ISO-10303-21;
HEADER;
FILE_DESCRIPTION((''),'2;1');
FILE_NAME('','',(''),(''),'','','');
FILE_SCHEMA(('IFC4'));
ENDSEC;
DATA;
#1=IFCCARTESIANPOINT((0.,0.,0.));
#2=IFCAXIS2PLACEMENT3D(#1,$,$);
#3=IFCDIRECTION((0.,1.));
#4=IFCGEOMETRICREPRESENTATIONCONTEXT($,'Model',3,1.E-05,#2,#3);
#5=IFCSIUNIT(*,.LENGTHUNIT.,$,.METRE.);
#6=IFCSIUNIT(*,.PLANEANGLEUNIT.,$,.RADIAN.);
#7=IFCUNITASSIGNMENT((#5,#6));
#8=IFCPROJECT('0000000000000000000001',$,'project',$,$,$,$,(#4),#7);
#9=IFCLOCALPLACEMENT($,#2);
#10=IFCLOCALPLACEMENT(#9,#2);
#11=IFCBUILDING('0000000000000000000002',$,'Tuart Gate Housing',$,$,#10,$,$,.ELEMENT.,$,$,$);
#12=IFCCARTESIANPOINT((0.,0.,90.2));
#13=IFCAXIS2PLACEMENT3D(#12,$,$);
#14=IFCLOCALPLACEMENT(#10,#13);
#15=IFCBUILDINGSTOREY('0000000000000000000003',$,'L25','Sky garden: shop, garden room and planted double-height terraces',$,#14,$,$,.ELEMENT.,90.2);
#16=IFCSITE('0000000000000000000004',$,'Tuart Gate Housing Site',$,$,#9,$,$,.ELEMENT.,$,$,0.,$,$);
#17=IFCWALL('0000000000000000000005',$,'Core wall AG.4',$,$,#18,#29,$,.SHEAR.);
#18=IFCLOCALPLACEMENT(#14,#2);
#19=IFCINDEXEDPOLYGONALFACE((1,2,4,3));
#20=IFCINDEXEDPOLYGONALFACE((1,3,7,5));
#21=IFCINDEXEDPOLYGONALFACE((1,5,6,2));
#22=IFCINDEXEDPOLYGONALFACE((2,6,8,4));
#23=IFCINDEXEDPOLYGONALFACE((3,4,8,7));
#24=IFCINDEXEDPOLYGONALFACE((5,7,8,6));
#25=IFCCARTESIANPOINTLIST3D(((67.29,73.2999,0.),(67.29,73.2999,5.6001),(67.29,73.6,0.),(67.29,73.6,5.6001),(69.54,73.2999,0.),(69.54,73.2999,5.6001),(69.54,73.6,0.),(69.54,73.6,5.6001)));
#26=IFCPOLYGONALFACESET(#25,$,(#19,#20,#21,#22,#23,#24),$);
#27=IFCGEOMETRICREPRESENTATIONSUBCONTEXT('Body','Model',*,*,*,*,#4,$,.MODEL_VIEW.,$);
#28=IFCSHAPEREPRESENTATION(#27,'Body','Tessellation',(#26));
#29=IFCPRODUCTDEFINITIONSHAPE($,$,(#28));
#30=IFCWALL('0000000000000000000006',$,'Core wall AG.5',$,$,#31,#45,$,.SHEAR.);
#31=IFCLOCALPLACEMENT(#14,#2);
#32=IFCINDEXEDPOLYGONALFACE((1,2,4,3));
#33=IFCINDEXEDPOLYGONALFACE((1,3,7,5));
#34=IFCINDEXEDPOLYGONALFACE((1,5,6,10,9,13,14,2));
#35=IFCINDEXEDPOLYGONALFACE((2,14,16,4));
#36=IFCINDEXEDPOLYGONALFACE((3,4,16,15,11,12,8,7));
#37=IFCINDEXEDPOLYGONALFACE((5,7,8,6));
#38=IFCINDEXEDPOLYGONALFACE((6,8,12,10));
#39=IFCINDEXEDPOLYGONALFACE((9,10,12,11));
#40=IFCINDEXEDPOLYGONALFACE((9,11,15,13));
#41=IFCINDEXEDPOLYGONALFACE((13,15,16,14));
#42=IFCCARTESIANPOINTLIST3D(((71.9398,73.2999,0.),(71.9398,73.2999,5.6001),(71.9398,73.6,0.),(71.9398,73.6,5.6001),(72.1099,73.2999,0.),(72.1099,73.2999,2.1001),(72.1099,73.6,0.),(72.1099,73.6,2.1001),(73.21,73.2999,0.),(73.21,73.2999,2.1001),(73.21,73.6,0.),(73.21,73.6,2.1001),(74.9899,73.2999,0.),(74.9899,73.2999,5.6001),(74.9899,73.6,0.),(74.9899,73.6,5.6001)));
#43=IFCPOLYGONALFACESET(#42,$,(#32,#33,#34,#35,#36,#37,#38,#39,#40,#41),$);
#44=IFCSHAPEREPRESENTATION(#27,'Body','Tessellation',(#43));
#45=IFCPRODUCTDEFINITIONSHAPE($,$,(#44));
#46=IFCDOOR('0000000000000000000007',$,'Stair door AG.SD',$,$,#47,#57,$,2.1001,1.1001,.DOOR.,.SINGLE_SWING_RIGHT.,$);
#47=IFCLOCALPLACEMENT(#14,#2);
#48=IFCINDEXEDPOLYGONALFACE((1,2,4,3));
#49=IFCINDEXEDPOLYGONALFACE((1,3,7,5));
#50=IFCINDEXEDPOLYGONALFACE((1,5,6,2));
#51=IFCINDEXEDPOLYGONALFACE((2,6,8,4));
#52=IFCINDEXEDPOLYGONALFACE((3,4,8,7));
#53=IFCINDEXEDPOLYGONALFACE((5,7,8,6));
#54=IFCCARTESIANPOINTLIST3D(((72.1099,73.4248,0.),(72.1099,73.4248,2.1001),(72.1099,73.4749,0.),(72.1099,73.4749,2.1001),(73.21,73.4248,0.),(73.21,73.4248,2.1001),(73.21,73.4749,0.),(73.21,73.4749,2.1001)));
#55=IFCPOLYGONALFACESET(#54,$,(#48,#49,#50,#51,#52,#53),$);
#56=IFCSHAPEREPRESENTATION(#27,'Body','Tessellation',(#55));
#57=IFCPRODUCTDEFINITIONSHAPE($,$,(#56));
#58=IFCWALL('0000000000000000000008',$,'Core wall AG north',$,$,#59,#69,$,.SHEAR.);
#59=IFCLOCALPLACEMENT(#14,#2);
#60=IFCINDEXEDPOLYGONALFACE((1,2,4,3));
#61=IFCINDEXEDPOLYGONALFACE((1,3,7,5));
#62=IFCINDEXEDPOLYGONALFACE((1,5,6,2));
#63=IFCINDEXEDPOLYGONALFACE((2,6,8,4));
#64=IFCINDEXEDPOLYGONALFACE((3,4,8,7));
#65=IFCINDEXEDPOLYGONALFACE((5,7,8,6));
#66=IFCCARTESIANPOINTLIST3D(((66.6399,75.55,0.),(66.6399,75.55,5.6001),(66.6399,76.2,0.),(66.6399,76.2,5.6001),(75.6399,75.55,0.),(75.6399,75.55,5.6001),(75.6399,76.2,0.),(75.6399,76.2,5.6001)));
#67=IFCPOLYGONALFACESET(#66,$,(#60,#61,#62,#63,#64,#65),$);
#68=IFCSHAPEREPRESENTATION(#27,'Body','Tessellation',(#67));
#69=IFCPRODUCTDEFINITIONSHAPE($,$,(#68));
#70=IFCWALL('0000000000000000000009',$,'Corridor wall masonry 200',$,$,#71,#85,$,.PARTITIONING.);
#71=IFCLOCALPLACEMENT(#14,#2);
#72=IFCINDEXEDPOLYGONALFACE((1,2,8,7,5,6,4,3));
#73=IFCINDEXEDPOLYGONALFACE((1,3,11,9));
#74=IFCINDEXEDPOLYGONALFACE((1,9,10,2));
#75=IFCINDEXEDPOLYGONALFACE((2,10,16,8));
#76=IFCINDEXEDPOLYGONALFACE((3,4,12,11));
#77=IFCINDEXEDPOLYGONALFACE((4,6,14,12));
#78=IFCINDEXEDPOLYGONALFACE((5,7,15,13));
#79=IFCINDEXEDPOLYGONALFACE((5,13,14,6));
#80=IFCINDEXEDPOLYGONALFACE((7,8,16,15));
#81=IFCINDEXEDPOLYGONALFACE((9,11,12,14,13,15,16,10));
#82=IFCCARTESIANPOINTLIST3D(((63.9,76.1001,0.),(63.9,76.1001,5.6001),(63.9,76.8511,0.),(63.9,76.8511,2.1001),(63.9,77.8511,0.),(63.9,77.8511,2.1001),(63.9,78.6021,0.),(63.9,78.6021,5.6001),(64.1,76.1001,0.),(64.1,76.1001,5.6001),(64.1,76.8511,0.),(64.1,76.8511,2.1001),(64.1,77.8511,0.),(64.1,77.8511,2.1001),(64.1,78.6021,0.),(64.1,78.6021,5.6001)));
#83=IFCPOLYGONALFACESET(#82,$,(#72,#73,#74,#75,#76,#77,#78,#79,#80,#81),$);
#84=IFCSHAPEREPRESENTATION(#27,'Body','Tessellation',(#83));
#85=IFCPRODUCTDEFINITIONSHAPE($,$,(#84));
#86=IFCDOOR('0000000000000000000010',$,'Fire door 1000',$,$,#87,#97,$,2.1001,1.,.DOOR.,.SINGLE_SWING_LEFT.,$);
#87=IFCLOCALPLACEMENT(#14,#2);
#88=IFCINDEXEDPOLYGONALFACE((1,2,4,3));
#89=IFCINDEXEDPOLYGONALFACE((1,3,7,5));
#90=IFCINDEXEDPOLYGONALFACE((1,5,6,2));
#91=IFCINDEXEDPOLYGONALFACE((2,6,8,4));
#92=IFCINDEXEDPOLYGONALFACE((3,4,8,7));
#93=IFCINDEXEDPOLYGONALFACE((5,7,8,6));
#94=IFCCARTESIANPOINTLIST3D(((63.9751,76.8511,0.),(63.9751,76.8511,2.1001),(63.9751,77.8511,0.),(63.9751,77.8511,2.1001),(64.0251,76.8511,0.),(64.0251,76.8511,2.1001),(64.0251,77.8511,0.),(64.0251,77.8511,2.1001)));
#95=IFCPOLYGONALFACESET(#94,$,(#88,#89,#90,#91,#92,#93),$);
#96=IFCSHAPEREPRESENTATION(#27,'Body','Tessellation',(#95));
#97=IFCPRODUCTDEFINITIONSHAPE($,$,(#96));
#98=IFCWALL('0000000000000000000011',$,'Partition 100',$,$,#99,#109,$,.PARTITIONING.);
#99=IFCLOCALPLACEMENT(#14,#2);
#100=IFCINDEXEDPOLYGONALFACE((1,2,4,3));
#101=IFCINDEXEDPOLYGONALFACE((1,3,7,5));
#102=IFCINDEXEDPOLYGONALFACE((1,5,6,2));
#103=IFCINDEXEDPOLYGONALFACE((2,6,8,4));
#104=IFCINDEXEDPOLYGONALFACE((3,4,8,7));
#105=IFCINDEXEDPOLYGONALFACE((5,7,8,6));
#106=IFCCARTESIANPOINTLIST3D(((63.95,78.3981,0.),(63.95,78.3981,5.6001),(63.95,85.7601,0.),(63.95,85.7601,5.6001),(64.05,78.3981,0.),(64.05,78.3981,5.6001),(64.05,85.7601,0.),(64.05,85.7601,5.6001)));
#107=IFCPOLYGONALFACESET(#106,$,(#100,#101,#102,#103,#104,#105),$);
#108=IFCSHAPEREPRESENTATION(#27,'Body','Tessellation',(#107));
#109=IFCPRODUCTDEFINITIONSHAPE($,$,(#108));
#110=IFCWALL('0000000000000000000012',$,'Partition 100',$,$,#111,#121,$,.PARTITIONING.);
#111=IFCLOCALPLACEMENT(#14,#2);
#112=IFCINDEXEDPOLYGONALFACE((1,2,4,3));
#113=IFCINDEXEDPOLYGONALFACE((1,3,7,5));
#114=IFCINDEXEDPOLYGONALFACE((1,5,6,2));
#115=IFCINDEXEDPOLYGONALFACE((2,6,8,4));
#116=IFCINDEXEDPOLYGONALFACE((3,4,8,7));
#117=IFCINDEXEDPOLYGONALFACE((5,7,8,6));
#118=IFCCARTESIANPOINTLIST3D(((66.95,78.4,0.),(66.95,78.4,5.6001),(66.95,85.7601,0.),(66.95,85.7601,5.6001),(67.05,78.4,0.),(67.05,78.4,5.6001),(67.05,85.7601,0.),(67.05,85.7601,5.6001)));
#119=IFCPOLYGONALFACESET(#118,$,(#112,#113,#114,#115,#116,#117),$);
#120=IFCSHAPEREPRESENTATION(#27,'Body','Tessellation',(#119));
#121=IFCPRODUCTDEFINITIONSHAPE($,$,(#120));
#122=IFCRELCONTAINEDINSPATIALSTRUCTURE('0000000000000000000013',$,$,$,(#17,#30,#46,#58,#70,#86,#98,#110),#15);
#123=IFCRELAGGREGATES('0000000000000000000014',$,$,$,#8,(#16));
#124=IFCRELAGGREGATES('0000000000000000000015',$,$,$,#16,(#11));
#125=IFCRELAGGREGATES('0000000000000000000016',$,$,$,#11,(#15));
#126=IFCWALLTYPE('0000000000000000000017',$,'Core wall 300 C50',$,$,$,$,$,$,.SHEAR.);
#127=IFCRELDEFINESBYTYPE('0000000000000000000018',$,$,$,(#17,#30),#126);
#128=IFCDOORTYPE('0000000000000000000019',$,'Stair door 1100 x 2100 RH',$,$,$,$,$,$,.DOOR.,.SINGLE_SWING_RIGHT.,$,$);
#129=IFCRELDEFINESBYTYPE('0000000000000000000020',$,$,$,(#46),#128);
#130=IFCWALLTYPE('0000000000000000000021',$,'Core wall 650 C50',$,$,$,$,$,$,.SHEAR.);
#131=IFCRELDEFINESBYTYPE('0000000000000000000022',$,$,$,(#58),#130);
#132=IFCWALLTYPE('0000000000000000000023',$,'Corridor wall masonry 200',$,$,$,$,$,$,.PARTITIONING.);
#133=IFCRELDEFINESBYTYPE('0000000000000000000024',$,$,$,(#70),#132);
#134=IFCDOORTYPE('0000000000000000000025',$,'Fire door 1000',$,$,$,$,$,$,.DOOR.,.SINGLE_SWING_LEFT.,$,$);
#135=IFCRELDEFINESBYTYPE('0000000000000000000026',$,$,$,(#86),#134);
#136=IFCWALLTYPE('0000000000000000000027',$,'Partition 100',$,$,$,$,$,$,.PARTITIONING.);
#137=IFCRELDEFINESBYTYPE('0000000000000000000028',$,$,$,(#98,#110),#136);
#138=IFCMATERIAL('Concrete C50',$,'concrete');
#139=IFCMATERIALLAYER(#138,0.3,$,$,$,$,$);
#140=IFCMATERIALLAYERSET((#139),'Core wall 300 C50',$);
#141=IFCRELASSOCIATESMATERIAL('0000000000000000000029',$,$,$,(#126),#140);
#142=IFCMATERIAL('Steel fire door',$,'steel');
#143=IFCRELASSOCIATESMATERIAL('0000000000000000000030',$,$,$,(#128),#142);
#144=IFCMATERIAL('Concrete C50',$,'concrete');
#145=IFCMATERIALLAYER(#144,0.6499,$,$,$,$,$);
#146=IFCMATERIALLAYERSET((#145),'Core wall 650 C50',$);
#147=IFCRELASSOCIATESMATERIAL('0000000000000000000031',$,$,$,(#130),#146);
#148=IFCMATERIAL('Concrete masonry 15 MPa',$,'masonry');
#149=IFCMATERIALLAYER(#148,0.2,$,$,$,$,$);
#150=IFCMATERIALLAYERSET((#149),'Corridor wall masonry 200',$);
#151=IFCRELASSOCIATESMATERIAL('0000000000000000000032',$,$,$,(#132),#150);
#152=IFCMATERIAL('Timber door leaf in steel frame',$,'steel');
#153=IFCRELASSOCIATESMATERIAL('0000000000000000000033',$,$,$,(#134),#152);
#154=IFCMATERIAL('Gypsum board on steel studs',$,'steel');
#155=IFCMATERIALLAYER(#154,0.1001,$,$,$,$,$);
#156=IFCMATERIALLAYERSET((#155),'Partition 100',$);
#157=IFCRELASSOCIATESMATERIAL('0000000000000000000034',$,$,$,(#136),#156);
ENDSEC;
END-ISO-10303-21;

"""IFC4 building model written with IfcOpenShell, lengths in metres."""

from ifc_helpers import new_model, si_unit, direction, frame, frame_2d, origin, place, context, subcontext, project, spatial, rectangle, extrude, material, layer, layer_set, type_object, element, fill, save


model = new_model("IFC4")

# Units and contexts
model_context = context("Model", 3, precision=1e-05, world=origin(), true_north=direction((0.0, 1.0)))
body_context = subcontext(model_context, "Body", "Model", "MODEL_VIEW")
ifc_project = project(units=[si_unit("LENGTHUNIT", "METRE"), si_unit("PLANEANGLEUNIT", "RADIAN")], contexts=[model_context])

# Site, building, storey
site_placement = place(None, origin())
site = spatial("IfcSite", under=ifc_project, at=site_placement, Name="Tuart Gate Housing Site", CompositionType="ELEMENT", RefElevation=0.0)
building_placement = place(site_placement, origin())
building = spatial("IfcBuilding", under=site, at=building_placement, Name="Tuart Gate Housing", CompositionType="ELEMENT")
storey_placement = place(building_placement, frame((0.0, 0.0, 90.2)))
storey = spatial("IfcBuildingStorey", under=building, at=storey_placement, Name="L25", Description="Sky garden: shop, garden room and planted double-height terraces", CompositionType="ELEMENT", Elevation=90.2)

# Wall
ifc_material_1 = material(Name="Concrete C50", Category="concrete")
ifc_layer_1 = layer(ifc_material_1, 0.3)
ifc_layer_set_1 = layer_set([ifc_layer_1], Name="Core wall 300 C50")
wall_type_1 = type_object("IfcWallType", Name="Core wall 300 C50", PredefinedType="SHEAR", material=ifc_layer_set_1)
wall_1_placement = place(storey_placement, frame((67.29, 73.45, 0.0), z_axis=(0.0, 0.0, 1.0), x_axis=(1.0, 0.0, 0.0)))
element("IfcWall", 1, at=wall_1_placement, inside=storey, type_object=wall_type_1, Name="Core wall AG.4", PredefinedType="SHEAR", context=body_context, shape_type="SweptSolid", body=[
    extrude(rectangle(XDim=2.25, YDim=0.3, at=frame_2d((1.125, 0.0))), origin(), (0.0, 0.0, 1.0), 5.6001),
])

# Wall, opening, door
wall_2_placement = place(storey_placement, frame((71.9399, 73.45, 0.0), z_axis=(0.0, 0.0, 1.0), x_axis=(1.0, 0.0, 0.0)))
wall_2 = element("IfcWall", 2, at=wall_2_placement, inside=storey, type_object=wall_type_1, Name="Core wall AG.5", PredefinedType="SHEAR", context=body_context, shape_type="SweptSolid", body=[
    extrude(rectangle(XDim=3.05, YDim=0.3, at=frame_2d((1.5249, 0.0))), origin(), (0.0, 0.0, 1.0), 5.6001),
])
opening_1_placement = place(wall_2_placement, frame((0.1699, 0.0, 0.0)))
opening_1 = element("IfcOpeningElement", 3, at=opening_1_placement, cuts=wall_2, PredefinedType="OPENING", context=body_context, shape_type="SweptSolid", body=[
    extrude(rectangle(XDim=1.1001, YDim=2.1001, at=frame_2d((0.55, 1.05))), frame((0.0, 0.1599, 0.0), z_axis=(0.0, -1.0, 0.0), x_axis=(1.0, 0.0, 0.0)), (0.0, 0.0, 1.0), 0.3201),
])
ifc_material_2 = material(Name="Steel fire door", Category="steel")
door_type_1 = type_object("IfcDoorType", Name="Stair door 1100 x 2100 RH", OperationType="SINGLE_SWING_RIGHT", PredefinedType="DOOR", material=ifc_material_2)
door_1_placement = place(opening_1_placement, frame((1.1001, 0.0, 0.0), z_axis=(0.0, 0.0, 1.0), x_axis=(-1.0, 0.0, 0.0)))
door_1 = element("IfcDoor", 4, at=door_1_placement, inside=storey, type_object=door_type_1, Name="Stair door AG.SD", OperationType="SINGLE_SWING_RIGHT", OverallHeight=2.1001, OverallWidth=1.1001, PredefinedType="DOOR", context=body_context, shape_type="SweptSolid", body=[
    extrude(rectangle(XDim=1.1001, YDim=2.1001, at=frame_2d((0.55, 1.05))), frame((0.0, 0.0251, 0.0), z_axis=(0.0, -1.0, 0.0), x_axis=(1.0, 0.0, 0.0)), (0.0, 0.0, 1.0), 0.05),
])
fill(opening_1, door_1)

# Wall
ifc_material_3 = material(Name="Concrete C50", Category="concrete")
ifc_layer_2 = layer(ifc_material_3, 0.6499)
ifc_layer_set_2 = layer_set([ifc_layer_2], Name="Core wall 650 C50")
wall_type_2 = type_object("IfcWallType", Name="Core wall 650 C50", PredefinedType="SHEAR", material=ifc_layer_set_2)
wall_3_placement = place(storey_placement, frame((66.6399, 75.875, 0.0), z_axis=(0.0, 0.0, 1.0), x_axis=(1.0, 0.0, 0.0)))
element("IfcWall", 5, at=wall_3_placement, inside=storey, type_object=wall_type_2, Name="Core wall AG north", PredefinedType="SHEAR", context=body_context, shape_type="SweptSolid", body=[
    extrude(rectangle(XDim=9.0, YDim=0.6499, at=frame_2d((4.5, 0.0))), origin(), (0.0, 0.0, 1.0), 5.6001),
])

# Wall, opening, door
ifc_material_4 = material(Name="Concrete masonry 15 MPa", Category="masonry")
ifc_layer_3 = layer(ifc_material_4, 0.2)
ifc_layer_set_3 = layer_set([ifc_layer_3], Name="Corridor wall masonry 200")
wall_type_3 = type_object("IfcWallType", Name="Corridor wall masonry 200", PredefinedType="PARTITIONING", material=ifc_layer_set_3)
wall_4_placement = place(storey_placement, frame((64.0, 76.1001, 0.0), z_axis=(0.0, 0.0, 1.0), x_axis=(0.0, 1.0, 0.0)))
wall_4 = element("IfcWall", 6, at=wall_4_placement, inside=storey, type_object=wall_type_3, Name="Corridor wall masonry 200", PredefinedType="PARTITIONING", context=body_context, shape_type="SweptSolid", body=[
    extrude(rectangle(XDim=2.502, YDim=0.2, at=frame_2d((1.251, 0.0))), origin(), (0.0, 0.0, 1.0), 5.6001),
])
opening_2_placement = place(wall_4_placement, frame((0.751, 0.0, 0.0)))
opening_2 = element("IfcOpeningElement", 7, at=opening_2_placement, cuts=wall_4, PredefinedType="OPENING", context=body_context, shape_type="SweptSolid", body=[
    extrude(rectangle(XDim=1.0, YDim=2.1001, at=frame_2d((0.5, 1.05))), frame((0.0, 0.1099, 0.0), z_axis=(0.0, -1.0, 0.0), x_axis=(1.0, 0.0, 0.0)), (0.0, 0.0, 1.0), 0.22),
])
ifc_material_5 = material(Name="Timber door leaf in steel frame", Category="steel")
door_type_2 = type_object("IfcDoorType", Name="Fire door 1000", OperationType="SINGLE_SWING_LEFT", PredefinedType="DOOR", material=ifc_material_5)
door_2_placement = place(opening_2_placement, origin())
door_2 = element("IfcDoor", 8, at=door_2_placement, inside=storey, type_object=door_type_2, Name="Fire door 1000", OperationType="SINGLE_SWING_LEFT", OverallHeight=2.1001, OverallWidth=1.0, PredefinedType="DOOR", context=body_context, shape_type="SweptSolid", body=[
    extrude(rectangle(XDim=1.0, YDim=2.1001, at=frame_2d((0.5, 1.05))), frame((0.0, 0.0249, 0.0), z_axis=(0.0, -1.0, 0.0), x_axis=(1.0, 0.0, 0.0)), (0.0, 0.0, 1.0), 0.05),
])
fill(opening_2, door_2)

# Walls
ifc_material_6 = material(Name="Gypsum board on steel studs", Category="steel")
ifc_layer_4 = layer(ifc_material_6, 0.1001)
ifc_layer_set_4 = layer_set([ifc_layer_4], Name="Partition 100")
wall_type_4 = type_object("IfcWallType", Name="Partition 100", PredefinedType="PARTITIONING", material=ifc_layer_set_4)
wall_5_placement = place(storey_placement, frame((64.0, 78.3979, 0.0), z_axis=(0.0, 0.0, 1.0), x_axis=(0.0, 1.0, 0.0)))
element("IfcWall", 9, at=wall_5_placement, inside=storey, type_object=wall_type_4, Name="Partition 100", PredefinedType="PARTITIONING", context=body_context, shape_type="SweptSolid", body=[
    extrude(rectangle(XDim=7.3621, YDim=0.1001, at=frame_2d((3.6812, 0.0))), origin(), (0.0, 0.0, 1.0), 5.6001),
])
wall_6_placement = place(storey_placement, frame((67.0, 78.3999, 0.0), z_axis=(0.0, 0.0, 1.0), x_axis=(0.0, 1.0, 0.0)))
element("IfcWall", 10, at=wall_6_placement, inside=storey, type_object=wall_type_4, Name="Partition 100", PredefinedType="PARTITIONING", context=body_context, shape_type="SweptSolid", body=[
    extrude(rectangle(XDim=7.3601, YDim=0.1001, at=frame_2d((3.6802, 0.0))), origin(), (0.0, 0.0, 1.0), 5.6001),
])

save(model, "model.ifc")
